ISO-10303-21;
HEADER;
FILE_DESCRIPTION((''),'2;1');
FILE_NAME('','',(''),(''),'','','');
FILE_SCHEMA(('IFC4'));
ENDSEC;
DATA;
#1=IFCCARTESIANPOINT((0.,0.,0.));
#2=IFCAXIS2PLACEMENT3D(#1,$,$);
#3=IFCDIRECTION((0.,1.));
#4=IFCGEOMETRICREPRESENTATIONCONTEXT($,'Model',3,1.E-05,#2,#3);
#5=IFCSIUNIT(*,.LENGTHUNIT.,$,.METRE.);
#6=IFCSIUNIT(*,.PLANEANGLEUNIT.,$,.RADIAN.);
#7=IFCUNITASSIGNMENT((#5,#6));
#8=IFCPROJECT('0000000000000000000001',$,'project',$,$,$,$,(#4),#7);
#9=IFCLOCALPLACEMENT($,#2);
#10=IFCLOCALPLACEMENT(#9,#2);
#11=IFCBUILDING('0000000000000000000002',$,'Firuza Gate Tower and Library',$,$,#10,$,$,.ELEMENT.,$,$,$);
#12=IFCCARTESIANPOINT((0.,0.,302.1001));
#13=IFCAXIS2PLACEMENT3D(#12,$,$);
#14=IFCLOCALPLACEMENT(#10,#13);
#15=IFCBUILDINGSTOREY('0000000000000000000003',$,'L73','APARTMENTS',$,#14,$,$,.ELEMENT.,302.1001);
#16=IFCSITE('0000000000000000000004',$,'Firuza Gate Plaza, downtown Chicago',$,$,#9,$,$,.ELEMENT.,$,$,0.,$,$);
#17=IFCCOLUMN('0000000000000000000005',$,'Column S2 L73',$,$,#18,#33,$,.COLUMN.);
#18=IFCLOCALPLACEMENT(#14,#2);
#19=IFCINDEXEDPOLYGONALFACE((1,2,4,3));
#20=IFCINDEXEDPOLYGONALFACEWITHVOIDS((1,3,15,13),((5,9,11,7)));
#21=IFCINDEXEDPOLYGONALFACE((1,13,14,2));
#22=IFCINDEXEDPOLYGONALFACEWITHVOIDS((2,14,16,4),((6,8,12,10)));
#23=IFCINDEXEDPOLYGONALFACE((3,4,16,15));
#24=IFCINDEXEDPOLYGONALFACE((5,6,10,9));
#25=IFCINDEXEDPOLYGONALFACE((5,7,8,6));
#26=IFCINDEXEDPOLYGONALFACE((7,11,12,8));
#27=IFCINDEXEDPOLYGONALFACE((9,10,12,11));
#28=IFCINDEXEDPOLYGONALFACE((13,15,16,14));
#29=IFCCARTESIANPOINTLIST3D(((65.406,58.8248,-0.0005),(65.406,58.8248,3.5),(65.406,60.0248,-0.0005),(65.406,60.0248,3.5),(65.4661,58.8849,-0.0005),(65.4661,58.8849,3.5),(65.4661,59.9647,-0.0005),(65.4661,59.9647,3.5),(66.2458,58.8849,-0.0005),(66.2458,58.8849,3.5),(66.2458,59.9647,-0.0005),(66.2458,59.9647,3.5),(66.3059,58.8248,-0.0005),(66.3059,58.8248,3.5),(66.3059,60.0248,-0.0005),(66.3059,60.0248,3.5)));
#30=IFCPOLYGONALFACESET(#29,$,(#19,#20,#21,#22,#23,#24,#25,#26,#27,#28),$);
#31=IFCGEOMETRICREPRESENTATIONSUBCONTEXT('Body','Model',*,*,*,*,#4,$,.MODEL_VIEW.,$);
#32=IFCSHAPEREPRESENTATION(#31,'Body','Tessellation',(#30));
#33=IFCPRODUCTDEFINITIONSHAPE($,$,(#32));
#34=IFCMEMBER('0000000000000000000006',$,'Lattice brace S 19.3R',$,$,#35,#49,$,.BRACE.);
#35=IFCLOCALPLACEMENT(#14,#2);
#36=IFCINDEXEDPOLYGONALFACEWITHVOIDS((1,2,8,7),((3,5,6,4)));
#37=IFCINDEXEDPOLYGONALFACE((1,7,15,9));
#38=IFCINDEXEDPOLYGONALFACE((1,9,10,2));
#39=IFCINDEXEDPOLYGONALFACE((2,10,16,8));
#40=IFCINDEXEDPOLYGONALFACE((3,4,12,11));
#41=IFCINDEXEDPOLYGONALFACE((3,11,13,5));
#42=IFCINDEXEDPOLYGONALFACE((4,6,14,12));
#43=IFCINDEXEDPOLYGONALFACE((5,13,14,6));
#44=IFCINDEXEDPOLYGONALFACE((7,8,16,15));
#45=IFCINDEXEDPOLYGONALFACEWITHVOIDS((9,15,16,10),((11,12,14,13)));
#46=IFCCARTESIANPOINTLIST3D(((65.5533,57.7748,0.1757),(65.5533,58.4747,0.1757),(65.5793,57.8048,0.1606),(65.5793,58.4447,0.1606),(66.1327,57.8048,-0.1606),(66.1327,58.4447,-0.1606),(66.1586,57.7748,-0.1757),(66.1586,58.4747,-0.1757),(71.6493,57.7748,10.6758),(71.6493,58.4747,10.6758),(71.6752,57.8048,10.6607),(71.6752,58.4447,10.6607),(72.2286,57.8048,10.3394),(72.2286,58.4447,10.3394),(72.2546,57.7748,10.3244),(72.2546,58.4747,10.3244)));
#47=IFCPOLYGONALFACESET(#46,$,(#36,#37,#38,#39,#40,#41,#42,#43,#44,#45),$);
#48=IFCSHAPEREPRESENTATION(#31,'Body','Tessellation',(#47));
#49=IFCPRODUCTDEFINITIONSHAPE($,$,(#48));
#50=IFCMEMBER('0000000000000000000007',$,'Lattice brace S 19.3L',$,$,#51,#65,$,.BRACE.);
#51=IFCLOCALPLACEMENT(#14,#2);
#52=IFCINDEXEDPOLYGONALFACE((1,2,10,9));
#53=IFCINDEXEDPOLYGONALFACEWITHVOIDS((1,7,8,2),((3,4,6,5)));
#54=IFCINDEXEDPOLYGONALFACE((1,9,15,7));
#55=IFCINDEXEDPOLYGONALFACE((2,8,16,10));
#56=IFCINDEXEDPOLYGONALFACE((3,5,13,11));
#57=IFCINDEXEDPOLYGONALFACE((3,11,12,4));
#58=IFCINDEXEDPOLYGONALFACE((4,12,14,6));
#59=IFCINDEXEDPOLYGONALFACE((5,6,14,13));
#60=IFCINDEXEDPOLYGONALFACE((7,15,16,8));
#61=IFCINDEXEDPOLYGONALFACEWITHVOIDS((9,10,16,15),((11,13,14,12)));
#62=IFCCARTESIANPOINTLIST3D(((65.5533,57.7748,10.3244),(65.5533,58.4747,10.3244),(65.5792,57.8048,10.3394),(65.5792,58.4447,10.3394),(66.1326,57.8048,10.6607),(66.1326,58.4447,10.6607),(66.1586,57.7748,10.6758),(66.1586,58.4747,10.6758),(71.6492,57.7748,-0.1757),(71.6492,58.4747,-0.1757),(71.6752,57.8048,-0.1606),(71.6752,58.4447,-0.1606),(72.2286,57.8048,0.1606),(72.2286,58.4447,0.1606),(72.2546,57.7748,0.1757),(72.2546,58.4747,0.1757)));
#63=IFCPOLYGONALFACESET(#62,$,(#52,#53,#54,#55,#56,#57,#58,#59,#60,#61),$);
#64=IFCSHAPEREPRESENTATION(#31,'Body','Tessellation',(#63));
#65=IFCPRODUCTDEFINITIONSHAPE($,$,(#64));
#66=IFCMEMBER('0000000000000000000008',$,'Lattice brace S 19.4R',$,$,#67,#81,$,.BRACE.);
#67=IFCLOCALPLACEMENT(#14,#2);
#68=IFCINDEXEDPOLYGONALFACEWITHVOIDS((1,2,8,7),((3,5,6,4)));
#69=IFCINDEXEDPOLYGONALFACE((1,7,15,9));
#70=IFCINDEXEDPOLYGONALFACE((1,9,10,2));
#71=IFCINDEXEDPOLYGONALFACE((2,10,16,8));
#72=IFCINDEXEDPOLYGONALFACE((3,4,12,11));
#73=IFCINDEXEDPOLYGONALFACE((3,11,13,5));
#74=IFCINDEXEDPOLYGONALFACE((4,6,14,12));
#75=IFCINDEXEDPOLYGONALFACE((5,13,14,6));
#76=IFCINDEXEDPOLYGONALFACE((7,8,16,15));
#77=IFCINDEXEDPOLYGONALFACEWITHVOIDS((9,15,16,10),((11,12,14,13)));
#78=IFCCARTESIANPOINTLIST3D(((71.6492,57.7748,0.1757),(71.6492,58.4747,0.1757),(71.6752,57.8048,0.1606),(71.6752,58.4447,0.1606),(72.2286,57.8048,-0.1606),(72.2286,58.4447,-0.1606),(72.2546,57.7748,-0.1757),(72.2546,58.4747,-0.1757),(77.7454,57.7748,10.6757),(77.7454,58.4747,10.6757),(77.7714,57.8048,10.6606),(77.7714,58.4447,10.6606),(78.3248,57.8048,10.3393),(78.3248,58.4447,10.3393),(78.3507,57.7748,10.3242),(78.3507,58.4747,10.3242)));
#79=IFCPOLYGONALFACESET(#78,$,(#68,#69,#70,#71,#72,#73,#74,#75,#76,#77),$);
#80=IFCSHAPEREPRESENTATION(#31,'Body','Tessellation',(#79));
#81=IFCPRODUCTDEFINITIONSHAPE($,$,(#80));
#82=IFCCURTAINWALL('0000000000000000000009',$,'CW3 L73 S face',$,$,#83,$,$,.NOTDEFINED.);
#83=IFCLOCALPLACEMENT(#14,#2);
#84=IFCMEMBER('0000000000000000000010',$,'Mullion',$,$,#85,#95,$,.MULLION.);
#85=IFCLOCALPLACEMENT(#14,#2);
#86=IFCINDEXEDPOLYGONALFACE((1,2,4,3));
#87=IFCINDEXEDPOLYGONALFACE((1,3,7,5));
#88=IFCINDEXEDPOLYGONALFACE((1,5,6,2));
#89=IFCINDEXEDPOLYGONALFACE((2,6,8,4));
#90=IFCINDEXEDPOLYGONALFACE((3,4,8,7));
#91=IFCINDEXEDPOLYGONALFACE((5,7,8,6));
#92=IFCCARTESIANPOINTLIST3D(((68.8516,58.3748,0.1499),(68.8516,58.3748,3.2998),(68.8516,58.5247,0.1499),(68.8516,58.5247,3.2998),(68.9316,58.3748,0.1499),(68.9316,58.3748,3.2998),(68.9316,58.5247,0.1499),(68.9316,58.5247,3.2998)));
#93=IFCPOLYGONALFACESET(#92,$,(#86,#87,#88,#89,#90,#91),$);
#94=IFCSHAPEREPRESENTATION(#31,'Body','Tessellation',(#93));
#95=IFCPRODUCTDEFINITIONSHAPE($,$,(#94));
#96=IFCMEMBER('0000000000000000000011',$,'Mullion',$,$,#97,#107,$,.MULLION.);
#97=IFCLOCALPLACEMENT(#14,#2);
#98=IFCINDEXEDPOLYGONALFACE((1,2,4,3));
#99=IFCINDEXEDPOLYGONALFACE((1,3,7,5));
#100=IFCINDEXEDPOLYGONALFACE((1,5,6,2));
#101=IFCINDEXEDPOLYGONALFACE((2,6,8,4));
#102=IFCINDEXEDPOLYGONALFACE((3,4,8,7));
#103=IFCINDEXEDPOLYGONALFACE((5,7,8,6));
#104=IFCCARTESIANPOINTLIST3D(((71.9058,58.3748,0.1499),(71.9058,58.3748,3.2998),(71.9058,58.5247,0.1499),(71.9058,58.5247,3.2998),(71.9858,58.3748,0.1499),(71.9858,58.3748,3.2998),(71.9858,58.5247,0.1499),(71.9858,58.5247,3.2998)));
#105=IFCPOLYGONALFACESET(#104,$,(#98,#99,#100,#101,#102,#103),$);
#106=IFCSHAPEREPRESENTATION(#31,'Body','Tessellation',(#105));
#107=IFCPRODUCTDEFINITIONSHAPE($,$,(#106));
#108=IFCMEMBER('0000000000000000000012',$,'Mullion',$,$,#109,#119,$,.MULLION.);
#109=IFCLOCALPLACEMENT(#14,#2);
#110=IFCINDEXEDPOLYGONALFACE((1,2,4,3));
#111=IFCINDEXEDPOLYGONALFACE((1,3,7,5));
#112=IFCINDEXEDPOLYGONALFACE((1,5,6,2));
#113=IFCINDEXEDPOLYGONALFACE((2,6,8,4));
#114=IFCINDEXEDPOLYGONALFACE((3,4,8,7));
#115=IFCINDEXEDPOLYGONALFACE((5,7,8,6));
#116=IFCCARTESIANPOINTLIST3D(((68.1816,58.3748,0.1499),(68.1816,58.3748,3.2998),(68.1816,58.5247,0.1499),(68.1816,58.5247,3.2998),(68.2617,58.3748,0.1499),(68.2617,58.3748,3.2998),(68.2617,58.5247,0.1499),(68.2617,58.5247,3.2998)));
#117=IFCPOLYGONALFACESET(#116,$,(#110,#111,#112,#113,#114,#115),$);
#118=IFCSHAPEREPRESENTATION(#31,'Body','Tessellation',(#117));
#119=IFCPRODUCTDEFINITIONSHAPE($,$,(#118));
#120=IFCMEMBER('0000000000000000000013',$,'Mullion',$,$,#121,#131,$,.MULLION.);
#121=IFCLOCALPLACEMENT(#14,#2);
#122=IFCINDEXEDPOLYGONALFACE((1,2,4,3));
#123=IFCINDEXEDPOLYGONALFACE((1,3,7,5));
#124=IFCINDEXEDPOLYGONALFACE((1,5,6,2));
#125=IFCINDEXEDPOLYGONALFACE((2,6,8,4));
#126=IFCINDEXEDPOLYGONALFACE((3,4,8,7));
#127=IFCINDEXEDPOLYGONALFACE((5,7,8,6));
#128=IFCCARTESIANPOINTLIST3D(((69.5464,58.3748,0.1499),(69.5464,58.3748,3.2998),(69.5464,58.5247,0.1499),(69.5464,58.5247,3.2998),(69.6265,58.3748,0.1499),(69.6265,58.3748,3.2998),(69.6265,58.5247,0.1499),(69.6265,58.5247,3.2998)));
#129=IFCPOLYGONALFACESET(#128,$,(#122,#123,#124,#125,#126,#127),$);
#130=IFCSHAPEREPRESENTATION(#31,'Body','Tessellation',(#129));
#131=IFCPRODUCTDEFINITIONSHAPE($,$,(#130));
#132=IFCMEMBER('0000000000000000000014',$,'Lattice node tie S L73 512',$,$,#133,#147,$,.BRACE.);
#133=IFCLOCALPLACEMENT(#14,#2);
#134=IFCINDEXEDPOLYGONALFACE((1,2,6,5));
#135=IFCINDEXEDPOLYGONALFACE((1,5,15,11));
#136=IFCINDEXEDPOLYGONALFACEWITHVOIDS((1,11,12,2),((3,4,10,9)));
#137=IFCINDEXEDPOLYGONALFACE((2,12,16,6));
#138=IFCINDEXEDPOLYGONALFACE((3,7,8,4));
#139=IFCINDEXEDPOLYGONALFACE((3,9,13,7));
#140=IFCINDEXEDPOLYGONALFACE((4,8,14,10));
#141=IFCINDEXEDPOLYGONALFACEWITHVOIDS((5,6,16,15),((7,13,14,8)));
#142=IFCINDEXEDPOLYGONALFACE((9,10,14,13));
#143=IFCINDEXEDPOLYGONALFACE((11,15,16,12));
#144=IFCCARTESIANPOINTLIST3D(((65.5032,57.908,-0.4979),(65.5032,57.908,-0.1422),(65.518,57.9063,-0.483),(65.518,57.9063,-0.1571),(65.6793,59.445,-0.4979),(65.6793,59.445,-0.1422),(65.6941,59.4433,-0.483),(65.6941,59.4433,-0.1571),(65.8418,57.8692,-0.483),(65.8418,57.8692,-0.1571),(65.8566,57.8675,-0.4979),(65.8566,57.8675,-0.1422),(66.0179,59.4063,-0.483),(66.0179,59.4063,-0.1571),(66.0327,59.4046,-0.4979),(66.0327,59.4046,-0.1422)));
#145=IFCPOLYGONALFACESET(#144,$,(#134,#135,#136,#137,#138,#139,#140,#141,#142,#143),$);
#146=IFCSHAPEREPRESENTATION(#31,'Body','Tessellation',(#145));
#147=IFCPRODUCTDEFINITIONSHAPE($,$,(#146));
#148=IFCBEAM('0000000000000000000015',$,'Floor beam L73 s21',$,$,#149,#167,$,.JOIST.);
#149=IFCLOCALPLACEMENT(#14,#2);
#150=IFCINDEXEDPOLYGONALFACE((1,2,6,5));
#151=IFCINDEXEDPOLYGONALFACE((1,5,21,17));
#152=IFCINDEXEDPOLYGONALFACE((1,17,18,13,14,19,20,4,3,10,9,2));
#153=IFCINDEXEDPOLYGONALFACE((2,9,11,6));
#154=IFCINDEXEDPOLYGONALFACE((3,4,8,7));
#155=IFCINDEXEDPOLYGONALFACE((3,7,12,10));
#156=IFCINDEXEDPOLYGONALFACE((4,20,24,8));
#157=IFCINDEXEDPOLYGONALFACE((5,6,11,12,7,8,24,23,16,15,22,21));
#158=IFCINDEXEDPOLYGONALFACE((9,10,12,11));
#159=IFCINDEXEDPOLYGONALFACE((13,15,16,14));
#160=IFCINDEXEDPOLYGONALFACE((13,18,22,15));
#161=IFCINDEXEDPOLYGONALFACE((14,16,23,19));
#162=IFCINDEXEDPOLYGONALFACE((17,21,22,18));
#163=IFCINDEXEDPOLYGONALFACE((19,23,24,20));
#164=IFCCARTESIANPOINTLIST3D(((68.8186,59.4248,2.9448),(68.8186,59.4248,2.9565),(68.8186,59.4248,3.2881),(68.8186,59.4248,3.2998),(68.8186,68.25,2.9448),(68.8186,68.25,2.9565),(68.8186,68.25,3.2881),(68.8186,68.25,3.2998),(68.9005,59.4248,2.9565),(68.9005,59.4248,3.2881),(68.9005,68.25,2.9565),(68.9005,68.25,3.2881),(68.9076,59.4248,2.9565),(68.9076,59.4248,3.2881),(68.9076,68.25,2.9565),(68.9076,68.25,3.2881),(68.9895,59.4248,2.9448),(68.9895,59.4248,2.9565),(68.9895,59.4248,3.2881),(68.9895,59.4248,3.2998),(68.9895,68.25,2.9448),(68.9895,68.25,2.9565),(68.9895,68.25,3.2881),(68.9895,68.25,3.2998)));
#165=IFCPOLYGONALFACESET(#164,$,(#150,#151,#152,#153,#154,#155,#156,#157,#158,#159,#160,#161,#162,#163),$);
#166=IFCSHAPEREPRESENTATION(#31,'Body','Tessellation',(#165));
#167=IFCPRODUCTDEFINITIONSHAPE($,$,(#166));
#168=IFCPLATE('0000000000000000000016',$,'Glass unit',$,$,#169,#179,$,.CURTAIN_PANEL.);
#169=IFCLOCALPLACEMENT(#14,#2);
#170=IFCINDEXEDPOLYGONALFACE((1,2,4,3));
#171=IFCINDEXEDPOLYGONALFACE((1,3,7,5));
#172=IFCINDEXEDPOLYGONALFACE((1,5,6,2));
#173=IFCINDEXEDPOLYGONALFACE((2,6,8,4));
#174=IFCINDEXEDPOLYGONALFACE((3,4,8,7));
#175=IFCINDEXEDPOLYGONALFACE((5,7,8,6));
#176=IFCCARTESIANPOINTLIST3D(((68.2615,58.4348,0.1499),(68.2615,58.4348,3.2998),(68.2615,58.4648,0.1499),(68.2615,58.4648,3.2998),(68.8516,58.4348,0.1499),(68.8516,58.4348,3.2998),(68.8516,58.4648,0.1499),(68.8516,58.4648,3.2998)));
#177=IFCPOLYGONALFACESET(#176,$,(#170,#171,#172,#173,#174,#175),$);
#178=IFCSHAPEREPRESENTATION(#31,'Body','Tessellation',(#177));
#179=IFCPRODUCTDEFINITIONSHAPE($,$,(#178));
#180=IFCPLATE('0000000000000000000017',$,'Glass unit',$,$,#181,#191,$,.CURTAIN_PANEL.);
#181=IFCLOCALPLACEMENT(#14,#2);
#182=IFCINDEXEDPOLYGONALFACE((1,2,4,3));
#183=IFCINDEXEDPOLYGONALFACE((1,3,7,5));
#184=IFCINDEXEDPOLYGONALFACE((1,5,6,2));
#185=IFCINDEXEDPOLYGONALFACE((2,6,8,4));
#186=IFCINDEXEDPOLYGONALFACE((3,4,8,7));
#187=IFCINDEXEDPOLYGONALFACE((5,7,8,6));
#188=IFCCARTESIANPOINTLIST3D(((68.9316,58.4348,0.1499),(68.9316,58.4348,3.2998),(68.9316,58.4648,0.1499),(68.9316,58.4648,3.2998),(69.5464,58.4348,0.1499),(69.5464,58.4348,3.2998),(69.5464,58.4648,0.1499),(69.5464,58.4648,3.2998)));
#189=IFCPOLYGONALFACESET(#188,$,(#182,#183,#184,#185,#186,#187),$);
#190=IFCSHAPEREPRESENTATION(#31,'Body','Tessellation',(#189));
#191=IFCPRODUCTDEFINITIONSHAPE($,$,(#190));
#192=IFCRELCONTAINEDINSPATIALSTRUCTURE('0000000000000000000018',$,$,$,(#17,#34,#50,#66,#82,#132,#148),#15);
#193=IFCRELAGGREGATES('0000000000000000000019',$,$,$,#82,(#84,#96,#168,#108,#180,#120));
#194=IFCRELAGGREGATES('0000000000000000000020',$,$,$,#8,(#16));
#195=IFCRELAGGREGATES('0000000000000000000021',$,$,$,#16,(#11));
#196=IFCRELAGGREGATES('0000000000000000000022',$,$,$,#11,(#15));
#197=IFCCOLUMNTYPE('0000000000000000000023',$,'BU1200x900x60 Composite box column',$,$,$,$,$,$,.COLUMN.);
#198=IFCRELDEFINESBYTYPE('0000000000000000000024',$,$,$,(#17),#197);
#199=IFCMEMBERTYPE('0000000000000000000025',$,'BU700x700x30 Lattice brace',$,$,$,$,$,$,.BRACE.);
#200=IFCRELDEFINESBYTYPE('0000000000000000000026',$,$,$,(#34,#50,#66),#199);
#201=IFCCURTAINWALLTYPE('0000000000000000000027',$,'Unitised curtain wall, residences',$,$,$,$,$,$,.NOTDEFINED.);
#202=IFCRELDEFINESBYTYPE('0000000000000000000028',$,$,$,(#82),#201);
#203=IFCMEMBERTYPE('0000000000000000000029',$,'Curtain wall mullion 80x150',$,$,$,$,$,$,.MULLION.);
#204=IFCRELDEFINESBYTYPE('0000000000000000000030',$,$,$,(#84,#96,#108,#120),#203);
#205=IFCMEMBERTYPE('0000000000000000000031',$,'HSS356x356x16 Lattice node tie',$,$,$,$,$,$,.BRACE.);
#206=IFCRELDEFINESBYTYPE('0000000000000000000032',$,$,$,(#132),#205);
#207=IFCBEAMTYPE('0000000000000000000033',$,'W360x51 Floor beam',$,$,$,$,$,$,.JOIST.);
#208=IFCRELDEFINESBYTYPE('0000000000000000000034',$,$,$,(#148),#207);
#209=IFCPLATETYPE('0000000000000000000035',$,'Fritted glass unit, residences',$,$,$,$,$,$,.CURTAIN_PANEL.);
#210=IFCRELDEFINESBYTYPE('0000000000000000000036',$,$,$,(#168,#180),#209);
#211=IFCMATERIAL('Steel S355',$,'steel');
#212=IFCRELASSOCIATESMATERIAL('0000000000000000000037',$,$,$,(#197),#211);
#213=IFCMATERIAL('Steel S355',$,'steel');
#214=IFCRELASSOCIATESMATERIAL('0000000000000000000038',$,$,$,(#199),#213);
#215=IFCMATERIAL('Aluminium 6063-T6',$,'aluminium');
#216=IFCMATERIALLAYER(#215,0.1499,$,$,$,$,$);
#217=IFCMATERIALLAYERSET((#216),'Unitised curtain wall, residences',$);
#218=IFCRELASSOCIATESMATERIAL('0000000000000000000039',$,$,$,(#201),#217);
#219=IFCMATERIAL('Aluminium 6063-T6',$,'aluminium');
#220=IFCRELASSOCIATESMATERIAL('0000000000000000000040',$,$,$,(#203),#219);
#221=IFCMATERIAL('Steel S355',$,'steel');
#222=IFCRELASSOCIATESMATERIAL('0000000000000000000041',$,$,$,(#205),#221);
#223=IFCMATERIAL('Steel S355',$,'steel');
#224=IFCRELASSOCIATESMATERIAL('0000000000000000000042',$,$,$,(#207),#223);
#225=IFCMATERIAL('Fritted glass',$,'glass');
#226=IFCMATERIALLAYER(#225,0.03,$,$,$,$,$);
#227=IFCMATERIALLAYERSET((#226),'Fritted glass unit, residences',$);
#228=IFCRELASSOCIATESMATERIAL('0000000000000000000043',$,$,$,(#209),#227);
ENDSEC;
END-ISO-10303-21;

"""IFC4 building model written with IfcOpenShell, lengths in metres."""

from ifc_helpers import new_model, si_unit, direction, frame, origin, origin_2d, place, context, subcontext, project, spatial, polyline, rectangle, hollow_rectangle, i_section, outline, extrude, material, layer, layer_set, material_profile, profile_set, type_object, element, aggregate, save


model = new_model("IFC4")

# Units and contexts
model_context = context("Model", 3, precision=1e-05, world=origin(), true_north=direction((0.0, 1.0)))
body_context = subcontext(model_context, "Body", "Model", "MODEL_VIEW")
ifc_project = project(units=[si_unit("LENGTHUNIT", "METRE"), si_unit("PLANEANGLEUNIT", "RADIAN")], contexts=[model_context])

# Site, building, storey
site_placement = place(None, origin())
site = spatial("IfcSite", under=ifc_project, at=site_placement, Name="Firuza Gate Plaza, downtown Chicago", CompositionType="ELEMENT", RefElevation=0.0)
building_placement = place(site_placement, origin())
building = spatial("IfcBuilding", under=site, at=building_placement, Name="Firuza Gate Tower and Library", CompositionType="ELEMENT")
storey_placement = place(building_placement, frame((0.0, 0.0, 302.1001)))
storey = spatial("IfcBuildingStorey", under=building, at=storey_placement, Name="L73", Description="APARTMENTS", CompositionType="ELEMENT", Elevation=302.1001)

# Column
ifc_material_1 = material(Name="Steel S355", Category="steel")
ifc_material_profile_1 = material_profile(ifc_material_1, hollow_rectangle(XDim=0.8999, YDim=1.2, WallThickness=0.0601, at=origin_2d()))
ifc_profile_set_1 = profile_set([ifc_material_profile_1], Name="Steel S355")
column_type = type_object("IfcColumnType", Name="BU1200x900x60 Composite box column", PredefinedType="COLUMN", material=ifc_profile_set_1)
column_placement = place(storey_placement, frame((65.856, 59.4248, -0.0005), z_axis=(0.0, 0.0, 1.0), x_axis=(1.0, 0.0, 0.0)))
element("IfcColumn", 1, at=column_placement, inside=storey, type_object=column_type, Name="Column S2 L73", PredefinedType="COLUMN", context=body_context, shape_type="SweptSolid", body=[
    extrude(hollow_rectangle(XDim=0.8999, YDim=1.2, WallThickness=0.0601, at=origin_2d()), origin(), (0.0, 0.0, 1.0), 3.5005),
])

# Members
ifc_material_2 = material(Name="Steel S355", Category="steel")
ifc_material_profile_2 = material_profile(ifc_material_2, hollow_rectangle(XDim=0.7, YDim=0.7, WallThickness=0.03, at=origin_2d()))
ifc_profile_set_2 = profile_set([ifc_material_profile_2], Name="Steel S355")
member_type_1 = type_object("IfcMemberType", Name="BU700x700x30 Lattice brace", PredefinedType="BRACE", material=ifc_profile_set_2)
for number, where, z_axis, x_axis, name in (
    (2, (65.856, 58.1248, 0.0), (0.502085, 0.0, 0.864819), (0.0, 1.0, 0.0), "Lattice brace S 19.3R"),
    (3, (71.9519, 58.1248, 0.0), (-0.502085, 0.0, 0.864819), (0.0, -1.0, 0.0), "Lattice brace S 19.3L"),
    (4, (71.9519, 58.1248, 0.0), (0.5021, 0.0, 0.86481), (0.0, 1.0, 0.0), "Lattice brace S 19.4R"),
):
    element("IfcMember", number, at=place(storey_placement, frame(where, z_axis=z_axis, x_axis=x_axis)), inside=storey, type_object=member_type_1, Name=name, PredefinedType="BRACE", context=body_context, shape_type="SweptSolid", body=[
        extrude(hollow_rectangle(XDim=0.7, YDim=0.7, WallThickness=0.03, at=origin_2d()), origin(), (0.0, 0.0, 1.0), 12.1414),
    ])

# Curtain wall, members
ifc_material_3 = material(Name="Aluminium 6063-T6", Category="aluminium")
ifc_layer_1 = layer(ifc_material_3, 0.1499)
ifc_layer_set_1 = layer_set([ifc_layer_1], Name="Unitised curtain wall, residences")
curtain_wall_type = type_object("IfcCurtainWallType", Name="Unitised curtain wall, residences", PredefinedType="NOTDEFINED", material=ifc_layer_set_1)
curtain_wall_placement = place(storey_placement, origin())
curtain_wall = element("IfcCurtainWall", 5, at=curtain_wall_placement, inside=storey, type_object=curtain_wall_type, Name="CW3 L73 S face", PredefinedType="NOTDEFINED")
ifc_material_4 = material(Name="Aluminium 6063-T6", Category="aluminium")
ifc_material_profile_3 = material_profile(ifc_material_4, rectangle(XDim=0.1499, YDim=0.0801, at=origin_2d()))
ifc_profile_set_3 = profile_set([ifc_material_profile_3], Name="Aluminium 6063-T6")
member_type_2 = type_object("IfcMemberType", Name="Curtain wall mullion 80x150", PredefinedType="MULLION", material=ifc_profile_set_3)
member_1_placement = place(storey_placement, frame((68.8916, 58.4497, 0.1499), z_axis=(0.0, 0.0, 1.0), x_axis=(0.0, 1.0, 0.0)))
member_1 = element("IfcMember", 6, at=member_1_placement, type_object=member_type_2, Name="Mullion", PredefinedType="MULLION", context=body_context, shape_type="SweptSolid", body=[
    extrude(rectangle(XDim=0.1499, YDim=0.0801, at=origin_2d()), origin(), (0.0, 0.0, 1.0), 3.1499),
])
member_2_placement = place(storey_placement, frame((71.9458, 58.4497, 0.1499), z_axis=(0.0, 0.0, 1.0), x_axis=(0.0, 1.0, 0.0)))
member_2 = element("IfcMember", 7, at=member_2_placement, type_object=member_type_2, Name="Mullion", PredefinedType="MULLION", context=body_context, shape_type="SweptSolid", body=[
    extrude(rectangle(XDim=0.1499, YDim=0.0801, at=origin_2d()), origin(), (0.0, 0.0, 1.0), 3.1499),
])
member_3_placement = place(storey_placement, frame((68.2217, 58.4497, 0.1499), z_axis=(0.0, 0.0, 1.0), x_axis=(0.0, 1.0, 0.0)))
member_3 = element("IfcMember", 8, at=member_3_placement, type_object=member_type_2, Name="Mullion", PredefinedType="MULLION", context=body_context, shape_type="SweptSolid", body=[
    extrude(rectangle(XDim=0.1499, YDim=0.0801, at=origin_2d()), origin(), (0.0, 0.0, 1.0), 3.1499),
])
member_4_placement = place(storey_placement, frame((69.5864, 58.4497, 0.1499), z_axis=(0.0, 0.0, 1.0), x_axis=(0.0, 1.0, 0.0)))
member_4 = element("IfcMember", 9, at=member_4_placement, type_object=member_type_2, Name="Mullion", PredefinedType="MULLION", context=body_context, shape_type="SweptSolid", body=[
    extrude(rectangle(XDim=0.1499, YDim=0.0801, at=origin_2d()), origin(), (0.0, 0.0, 1.0), 3.1499),
])

# Member
ifc_material_5 = material(Name="Steel S355", Category="steel")
ifc_material_profile_4 = material_profile(ifc_material_5, hollow_rectangle(XDim=0.3557, YDim=0.3557, WallThickness=0.0149, at=origin_2d()))
ifc_profile_set_4 = profile_set([ifc_material_profile_4], Name="Steel S355")
member_type_3 = type_object("IfcMemberType", Name="HSS356x356x16 Lattice node tie", PredefinedType="BRACE", material=ifc_profile_set_4)
member_5_placement = place(storey_placement, frame((65.856, 59.4248, -0.3201), z_axis=(-0.113774, -0.993507, 0.0), x_axis=(0.993507, -0.113774, 0.0)))
element("IfcMember", 10, at=member_5_placement, inside=storey, type_object=member_type_3, Name="Lattice node tie S L73 512", PredefinedType="BRACE", context=body_context, shape_type="SweptSolid", body=[
    extrude(hollow_rectangle(XDim=0.3557, YDim=0.3557, WallThickness=0.0149, at=origin_2d()), origin(), (0.0, 0.0, 1.0), 1.5471),
])

# Beam
ifc_material_6 = material(Name="Steel S355", Category="steel")
ifc_material_profile_5 = material_profile(ifc_material_6, i_section(OverallWidth=0.1709, OverallDepth=0.355, WebThickness=0.0071, FlangeThickness=0.0117, at=origin_2d()))
ifc_profile_set_5 = profile_set([ifc_material_profile_5], Name="Steel S355")
beam_type = type_object("IfcBeamType", Name="W360x51 Floor beam", PredefinedType="JOIST", material=ifc_profile_set_5)
beam_placement = place(storey_placement, frame((68.9041, 59.4248, 3.1223), z_axis=(0.0, 1.0, 0.0), x_axis=(-1.0, 0.0, 0.0)))
element("IfcBeam", 11, at=beam_placement, inside=storey, type_object=beam_type, Name="Floor beam L73 s21", PredefinedType="JOIST", context=body_context, shape_type="SweptSolid", body=[
    extrude(i_section(OverallWidth=0.1709, OverallDepth=0.355, WebThickness=0.0071, FlangeThickness=0.0117, at=origin_2d()), origin(), (0.0, 0.0, 1.0), 8.8252),
])

# Plates
ifc_material_7 = material(Name="Fritted glass", Category="glass")
ifc_layer_2 = layer(ifc_material_7, 0.03)
ifc_layer_set_2 = layer_set([ifc_layer_2], Name="Fritted glass unit, residences")
plate_type_1 = type_object("IfcPlateType", Name="Fritted glass unit, residences", PredefinedType="CURTAIN_PANEL", material=ifc_layer_set_2)
plate_1_placement = place(storey_placement, frame((68.2615, 58.4348, 0.1499), z_axis=(0.0, -1.0, 0.0), x_axis=(1.0, 0.0, 0.0)))
plate_1 = element("IfcPlate", 12, at=plate_1_placement, type_object=plate_type_1, Name="Glass unit", PredefinedType="CURTAIN_PANEL", context=body_context, shape_type="SweptSolid", body=[
    extrude(outline(polyline([(0.0, 0.0), (0.5901, 0.0), (0.5901, 3.1499), (0.0, 3.1499), (0.0, 0.0)])), origin(), (0.0, 0.0, -1.0), 0.03),
])
plate_2_placement = place(storey_placement, frame((68.9316, 58.4348, 0.1499), z_axis=(0.0, -1.0, 0.0), x_axis=(1.0, 0.0, 0.0)))
plate_2 = element("IfcPlate", 13, at=plate_2_placement, type_object=plate_type_1, Name="Glass unit", PredefinedType="CURTAIN_PANEL", context=body_context, shape_type="SweptSolid", body=[
    extrude(outline(polyline([(0.0, 0.0), (0.6147, 0.0), (0.6147, 3.1499), (0.0, 3.1499), (0.0, 0.0)])), origin(), (0.0, 0.0, -1.0), 0.03),
])
aggregate(curtain_wall, [member_1, member_2, plate_1, member_3, plate_2, member_4])

save(model, "model.ifc")
